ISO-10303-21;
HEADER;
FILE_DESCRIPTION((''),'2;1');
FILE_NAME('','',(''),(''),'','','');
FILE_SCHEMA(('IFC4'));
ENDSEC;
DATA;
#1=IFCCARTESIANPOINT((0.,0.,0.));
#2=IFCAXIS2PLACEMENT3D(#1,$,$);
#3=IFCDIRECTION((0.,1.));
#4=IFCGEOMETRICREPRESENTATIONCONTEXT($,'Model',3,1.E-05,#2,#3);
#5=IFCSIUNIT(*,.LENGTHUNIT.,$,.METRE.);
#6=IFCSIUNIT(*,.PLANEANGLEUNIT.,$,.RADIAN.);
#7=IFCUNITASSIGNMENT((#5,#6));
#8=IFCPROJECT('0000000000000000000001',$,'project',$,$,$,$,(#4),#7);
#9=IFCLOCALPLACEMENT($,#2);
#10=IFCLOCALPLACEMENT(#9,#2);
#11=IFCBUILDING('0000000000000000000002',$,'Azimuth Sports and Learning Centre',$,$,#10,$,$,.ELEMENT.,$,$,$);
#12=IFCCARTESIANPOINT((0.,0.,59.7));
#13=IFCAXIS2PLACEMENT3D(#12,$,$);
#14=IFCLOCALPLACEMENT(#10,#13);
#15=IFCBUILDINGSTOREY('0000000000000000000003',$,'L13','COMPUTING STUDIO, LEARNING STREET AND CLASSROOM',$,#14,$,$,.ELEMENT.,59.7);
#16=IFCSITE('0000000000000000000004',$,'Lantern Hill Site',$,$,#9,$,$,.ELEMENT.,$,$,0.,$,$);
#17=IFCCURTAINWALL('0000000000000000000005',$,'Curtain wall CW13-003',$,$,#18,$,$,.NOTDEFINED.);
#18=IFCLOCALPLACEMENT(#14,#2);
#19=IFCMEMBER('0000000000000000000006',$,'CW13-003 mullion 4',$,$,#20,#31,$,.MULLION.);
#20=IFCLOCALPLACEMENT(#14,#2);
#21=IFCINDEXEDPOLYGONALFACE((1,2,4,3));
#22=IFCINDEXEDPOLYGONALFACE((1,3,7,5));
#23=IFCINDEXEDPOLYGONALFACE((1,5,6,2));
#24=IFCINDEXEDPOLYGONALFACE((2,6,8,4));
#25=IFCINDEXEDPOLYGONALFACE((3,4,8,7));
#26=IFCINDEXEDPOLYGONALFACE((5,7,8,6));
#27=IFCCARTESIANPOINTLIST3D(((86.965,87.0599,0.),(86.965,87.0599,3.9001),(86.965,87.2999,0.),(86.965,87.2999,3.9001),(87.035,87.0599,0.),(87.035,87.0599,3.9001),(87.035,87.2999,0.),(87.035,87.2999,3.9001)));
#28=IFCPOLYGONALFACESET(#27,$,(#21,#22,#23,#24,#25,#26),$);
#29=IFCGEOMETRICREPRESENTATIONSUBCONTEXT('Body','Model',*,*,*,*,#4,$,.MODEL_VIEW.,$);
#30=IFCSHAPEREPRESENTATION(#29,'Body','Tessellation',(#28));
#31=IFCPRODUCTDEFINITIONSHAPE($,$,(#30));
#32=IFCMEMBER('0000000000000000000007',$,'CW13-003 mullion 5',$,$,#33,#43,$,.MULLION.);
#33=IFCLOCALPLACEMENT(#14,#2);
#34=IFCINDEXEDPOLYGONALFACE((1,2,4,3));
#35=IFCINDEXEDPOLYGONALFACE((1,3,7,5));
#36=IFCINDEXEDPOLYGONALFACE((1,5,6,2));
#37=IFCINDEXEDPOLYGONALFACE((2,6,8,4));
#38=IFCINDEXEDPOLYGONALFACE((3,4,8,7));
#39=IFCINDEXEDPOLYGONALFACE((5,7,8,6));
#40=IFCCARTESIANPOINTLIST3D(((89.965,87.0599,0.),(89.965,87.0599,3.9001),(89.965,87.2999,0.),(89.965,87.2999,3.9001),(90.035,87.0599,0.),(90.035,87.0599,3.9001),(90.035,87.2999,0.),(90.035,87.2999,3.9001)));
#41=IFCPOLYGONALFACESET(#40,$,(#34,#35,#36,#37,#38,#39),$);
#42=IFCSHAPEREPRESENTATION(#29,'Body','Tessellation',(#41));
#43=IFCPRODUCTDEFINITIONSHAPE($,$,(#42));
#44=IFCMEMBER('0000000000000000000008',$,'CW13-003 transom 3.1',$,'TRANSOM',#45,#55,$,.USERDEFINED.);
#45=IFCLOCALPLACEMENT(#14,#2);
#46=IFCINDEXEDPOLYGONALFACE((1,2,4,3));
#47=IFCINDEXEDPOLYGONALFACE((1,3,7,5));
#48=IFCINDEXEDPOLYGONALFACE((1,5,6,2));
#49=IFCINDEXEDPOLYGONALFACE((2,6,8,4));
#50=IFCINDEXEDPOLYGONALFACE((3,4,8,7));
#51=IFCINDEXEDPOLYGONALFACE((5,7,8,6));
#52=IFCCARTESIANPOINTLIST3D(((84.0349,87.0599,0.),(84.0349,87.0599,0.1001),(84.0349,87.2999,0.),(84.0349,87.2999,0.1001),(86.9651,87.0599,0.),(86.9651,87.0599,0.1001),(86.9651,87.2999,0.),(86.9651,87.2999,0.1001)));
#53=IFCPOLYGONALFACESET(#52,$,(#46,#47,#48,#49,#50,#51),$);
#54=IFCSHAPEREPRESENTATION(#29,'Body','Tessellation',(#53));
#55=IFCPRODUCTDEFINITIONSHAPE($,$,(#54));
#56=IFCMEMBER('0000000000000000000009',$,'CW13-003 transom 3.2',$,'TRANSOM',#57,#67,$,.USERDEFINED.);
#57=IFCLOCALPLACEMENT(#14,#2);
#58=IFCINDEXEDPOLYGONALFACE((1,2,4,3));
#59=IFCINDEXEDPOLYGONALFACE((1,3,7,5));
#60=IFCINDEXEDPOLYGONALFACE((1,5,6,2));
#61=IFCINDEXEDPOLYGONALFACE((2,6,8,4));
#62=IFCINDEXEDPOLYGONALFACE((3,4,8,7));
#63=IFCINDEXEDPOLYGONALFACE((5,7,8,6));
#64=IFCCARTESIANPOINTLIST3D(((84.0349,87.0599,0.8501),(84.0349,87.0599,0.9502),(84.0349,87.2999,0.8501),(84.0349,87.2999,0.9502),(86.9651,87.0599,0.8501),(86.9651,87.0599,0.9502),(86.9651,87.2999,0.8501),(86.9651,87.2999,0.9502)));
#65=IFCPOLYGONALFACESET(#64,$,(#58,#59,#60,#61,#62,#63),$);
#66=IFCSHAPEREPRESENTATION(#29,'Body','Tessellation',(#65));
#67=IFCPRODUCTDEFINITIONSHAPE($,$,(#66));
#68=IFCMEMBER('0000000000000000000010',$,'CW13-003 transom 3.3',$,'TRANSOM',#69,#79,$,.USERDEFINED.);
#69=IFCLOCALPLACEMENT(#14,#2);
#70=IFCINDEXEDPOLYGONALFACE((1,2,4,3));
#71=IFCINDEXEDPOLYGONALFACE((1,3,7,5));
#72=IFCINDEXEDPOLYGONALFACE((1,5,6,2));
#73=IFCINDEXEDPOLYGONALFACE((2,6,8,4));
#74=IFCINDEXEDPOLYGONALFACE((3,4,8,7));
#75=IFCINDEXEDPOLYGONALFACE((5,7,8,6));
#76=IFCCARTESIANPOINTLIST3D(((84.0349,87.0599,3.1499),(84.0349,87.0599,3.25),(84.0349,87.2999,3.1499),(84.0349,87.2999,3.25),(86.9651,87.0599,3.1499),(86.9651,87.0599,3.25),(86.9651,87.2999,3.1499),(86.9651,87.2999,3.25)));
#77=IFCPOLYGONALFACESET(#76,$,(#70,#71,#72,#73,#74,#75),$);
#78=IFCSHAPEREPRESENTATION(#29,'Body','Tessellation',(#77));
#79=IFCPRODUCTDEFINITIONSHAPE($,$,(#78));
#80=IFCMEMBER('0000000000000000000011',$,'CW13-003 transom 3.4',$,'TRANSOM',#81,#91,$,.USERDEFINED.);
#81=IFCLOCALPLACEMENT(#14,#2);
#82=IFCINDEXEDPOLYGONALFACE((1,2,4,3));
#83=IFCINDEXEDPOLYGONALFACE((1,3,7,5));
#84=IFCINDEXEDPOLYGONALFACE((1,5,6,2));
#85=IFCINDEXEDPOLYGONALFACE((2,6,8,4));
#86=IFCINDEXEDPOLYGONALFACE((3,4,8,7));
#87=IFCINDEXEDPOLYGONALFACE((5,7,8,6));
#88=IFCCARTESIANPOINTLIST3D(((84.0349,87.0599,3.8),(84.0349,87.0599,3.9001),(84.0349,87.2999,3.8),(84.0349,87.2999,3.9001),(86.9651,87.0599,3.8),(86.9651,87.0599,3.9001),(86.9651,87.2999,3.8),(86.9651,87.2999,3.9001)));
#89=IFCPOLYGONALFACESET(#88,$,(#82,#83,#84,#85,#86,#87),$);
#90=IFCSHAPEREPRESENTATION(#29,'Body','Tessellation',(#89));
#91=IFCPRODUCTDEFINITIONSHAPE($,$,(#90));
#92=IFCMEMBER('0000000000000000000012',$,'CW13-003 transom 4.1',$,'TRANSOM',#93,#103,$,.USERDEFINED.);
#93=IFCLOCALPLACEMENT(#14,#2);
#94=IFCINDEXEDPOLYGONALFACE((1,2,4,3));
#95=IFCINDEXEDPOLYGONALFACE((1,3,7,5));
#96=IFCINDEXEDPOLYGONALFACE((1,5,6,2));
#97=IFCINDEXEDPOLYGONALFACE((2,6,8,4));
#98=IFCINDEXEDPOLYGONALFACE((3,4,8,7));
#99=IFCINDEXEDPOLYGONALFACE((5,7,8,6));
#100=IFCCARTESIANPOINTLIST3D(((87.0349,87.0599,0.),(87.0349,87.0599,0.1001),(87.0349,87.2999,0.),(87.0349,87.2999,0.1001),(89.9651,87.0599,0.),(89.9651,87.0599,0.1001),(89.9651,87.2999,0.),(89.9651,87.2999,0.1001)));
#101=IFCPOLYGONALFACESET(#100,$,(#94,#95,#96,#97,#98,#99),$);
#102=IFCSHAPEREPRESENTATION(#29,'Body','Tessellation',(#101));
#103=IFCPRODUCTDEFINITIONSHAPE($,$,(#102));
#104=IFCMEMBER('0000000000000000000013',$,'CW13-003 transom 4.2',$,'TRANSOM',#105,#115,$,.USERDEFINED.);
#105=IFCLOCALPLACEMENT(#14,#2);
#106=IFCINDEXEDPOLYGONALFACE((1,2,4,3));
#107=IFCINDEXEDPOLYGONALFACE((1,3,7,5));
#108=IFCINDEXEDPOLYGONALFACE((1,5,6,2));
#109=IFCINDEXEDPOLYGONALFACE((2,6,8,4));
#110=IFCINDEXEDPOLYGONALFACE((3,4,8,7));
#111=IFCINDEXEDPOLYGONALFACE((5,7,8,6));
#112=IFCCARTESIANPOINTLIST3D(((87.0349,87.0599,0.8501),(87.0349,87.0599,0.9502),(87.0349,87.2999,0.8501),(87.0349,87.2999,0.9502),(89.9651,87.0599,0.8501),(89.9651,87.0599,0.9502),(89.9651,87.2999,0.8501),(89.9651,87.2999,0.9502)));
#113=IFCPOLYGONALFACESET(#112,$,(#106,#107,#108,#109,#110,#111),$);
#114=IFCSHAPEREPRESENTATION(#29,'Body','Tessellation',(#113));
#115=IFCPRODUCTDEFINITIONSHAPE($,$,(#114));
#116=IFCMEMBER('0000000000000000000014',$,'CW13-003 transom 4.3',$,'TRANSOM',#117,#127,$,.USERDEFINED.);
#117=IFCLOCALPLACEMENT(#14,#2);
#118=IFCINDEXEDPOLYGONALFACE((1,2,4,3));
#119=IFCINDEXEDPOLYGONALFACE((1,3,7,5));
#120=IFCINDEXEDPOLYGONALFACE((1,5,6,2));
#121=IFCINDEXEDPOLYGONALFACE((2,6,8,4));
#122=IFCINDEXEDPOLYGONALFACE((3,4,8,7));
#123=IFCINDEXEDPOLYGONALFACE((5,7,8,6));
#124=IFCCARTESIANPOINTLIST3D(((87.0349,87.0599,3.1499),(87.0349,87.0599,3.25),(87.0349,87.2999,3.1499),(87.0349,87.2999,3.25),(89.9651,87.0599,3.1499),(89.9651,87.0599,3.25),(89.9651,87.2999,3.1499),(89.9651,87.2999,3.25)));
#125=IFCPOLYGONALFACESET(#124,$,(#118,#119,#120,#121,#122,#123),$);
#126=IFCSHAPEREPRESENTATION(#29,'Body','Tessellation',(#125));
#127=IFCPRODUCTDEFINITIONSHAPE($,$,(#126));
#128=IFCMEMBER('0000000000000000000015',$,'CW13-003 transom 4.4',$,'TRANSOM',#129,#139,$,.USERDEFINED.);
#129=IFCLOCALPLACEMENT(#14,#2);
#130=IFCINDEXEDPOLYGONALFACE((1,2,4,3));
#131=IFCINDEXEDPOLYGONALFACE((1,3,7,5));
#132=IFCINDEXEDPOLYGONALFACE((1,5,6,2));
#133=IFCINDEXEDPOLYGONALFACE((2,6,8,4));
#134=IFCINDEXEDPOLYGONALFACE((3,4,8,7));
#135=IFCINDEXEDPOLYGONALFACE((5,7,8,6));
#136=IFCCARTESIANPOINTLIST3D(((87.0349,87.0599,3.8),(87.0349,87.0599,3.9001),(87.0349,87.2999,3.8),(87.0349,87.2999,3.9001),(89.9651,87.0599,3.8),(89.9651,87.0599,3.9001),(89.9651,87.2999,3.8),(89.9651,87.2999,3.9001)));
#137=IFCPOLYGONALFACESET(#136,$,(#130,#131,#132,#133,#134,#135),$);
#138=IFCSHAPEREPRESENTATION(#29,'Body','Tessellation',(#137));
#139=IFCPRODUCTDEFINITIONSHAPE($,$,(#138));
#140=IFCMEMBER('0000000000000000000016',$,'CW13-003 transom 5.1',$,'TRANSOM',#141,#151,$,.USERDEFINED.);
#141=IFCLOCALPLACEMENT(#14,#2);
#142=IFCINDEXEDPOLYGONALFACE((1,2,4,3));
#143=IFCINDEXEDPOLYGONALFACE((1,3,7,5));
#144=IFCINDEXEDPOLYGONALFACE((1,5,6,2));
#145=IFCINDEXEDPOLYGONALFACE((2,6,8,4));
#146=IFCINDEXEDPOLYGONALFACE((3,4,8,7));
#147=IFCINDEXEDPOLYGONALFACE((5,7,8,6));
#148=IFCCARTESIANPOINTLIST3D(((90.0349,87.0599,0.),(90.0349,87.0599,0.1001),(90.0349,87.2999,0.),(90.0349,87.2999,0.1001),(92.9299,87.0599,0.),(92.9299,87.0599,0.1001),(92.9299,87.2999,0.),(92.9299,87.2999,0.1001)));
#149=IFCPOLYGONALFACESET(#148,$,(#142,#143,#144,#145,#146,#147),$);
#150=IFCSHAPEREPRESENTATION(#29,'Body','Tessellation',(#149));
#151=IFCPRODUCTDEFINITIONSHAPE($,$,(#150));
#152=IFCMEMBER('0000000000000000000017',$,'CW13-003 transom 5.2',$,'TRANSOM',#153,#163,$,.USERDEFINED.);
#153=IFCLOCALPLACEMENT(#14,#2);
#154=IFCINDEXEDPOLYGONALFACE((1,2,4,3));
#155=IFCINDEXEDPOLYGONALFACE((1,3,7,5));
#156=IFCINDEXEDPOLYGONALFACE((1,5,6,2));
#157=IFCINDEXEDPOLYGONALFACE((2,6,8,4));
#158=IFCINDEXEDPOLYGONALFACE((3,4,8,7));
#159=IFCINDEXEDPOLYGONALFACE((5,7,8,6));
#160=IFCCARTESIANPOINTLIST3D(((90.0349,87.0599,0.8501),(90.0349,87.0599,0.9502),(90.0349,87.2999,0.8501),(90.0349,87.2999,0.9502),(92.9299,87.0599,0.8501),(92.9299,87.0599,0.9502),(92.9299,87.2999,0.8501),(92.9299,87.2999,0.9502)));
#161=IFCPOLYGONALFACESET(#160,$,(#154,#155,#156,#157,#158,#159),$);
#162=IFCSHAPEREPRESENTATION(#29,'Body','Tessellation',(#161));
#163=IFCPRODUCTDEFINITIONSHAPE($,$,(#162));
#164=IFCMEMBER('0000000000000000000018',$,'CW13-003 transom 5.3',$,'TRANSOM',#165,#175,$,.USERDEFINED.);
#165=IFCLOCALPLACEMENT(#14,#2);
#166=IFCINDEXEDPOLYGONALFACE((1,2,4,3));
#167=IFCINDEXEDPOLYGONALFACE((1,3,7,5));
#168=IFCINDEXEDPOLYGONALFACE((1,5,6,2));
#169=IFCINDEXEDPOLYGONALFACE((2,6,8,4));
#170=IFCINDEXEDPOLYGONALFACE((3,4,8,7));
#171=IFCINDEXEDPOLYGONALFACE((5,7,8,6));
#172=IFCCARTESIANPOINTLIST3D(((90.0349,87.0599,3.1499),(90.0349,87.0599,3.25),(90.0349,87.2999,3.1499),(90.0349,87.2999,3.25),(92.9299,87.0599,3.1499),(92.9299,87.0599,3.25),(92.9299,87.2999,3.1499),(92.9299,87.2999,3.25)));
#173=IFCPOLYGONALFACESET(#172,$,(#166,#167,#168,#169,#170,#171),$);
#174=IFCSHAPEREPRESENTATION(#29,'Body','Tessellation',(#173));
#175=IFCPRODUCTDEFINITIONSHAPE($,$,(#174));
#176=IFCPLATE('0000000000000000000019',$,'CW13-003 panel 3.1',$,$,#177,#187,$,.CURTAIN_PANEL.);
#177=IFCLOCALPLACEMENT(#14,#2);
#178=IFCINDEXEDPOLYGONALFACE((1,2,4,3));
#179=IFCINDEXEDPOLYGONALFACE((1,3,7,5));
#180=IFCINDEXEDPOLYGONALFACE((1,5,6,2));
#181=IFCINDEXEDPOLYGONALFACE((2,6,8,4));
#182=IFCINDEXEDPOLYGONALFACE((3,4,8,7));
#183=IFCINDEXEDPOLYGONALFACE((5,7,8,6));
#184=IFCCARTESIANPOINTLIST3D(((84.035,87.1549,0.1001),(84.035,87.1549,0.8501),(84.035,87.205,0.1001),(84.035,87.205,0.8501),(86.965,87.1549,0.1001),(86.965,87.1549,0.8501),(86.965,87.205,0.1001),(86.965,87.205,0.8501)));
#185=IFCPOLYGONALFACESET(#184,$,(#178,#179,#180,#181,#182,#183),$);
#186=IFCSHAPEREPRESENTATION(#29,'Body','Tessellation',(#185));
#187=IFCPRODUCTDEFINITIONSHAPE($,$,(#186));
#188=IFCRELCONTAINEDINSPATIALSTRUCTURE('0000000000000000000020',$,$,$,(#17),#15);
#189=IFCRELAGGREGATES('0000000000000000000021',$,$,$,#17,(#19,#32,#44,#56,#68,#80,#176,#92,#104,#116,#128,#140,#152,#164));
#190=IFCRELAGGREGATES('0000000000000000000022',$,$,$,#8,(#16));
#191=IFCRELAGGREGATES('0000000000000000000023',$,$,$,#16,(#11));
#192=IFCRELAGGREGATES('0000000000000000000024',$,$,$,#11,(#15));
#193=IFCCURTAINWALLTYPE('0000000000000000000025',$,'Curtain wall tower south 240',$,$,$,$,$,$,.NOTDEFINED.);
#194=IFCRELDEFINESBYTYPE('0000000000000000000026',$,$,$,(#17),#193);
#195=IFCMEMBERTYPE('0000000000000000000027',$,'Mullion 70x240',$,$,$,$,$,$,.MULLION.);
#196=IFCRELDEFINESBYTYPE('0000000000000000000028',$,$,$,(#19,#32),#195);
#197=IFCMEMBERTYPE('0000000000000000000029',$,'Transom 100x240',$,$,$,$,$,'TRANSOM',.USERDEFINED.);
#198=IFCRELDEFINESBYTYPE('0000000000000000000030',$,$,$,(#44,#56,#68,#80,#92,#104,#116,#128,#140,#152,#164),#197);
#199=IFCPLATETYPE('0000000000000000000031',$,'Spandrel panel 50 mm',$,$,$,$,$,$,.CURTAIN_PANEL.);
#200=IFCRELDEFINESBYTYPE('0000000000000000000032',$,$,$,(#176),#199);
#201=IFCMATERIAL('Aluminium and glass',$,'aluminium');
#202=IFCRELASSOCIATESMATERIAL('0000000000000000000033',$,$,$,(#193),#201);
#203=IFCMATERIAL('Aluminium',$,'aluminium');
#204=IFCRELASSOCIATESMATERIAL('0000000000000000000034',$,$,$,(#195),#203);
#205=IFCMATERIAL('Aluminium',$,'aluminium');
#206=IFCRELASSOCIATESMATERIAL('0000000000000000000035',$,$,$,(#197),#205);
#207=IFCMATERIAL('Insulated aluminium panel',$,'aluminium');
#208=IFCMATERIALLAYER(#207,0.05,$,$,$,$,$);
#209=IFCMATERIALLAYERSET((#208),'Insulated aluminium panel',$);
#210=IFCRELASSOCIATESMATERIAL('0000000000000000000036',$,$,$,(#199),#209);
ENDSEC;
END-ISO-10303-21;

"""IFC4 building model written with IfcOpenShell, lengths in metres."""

from ifc_helpers import new_model, si_unit, direction, frame, origin, origin_2d, place, context, subcontext, project, spatial, rectangle, extrude, material, layer, layer_set, material_profile, profile_set, type_object, element, aggregate, save


model = new_model("IFC4")

# Units and contexts
model_context = context("Model", 3, precision=1e-05, world=origin(), true_north=direction((0.0, 1.0)))
body_context = subcontext(model_context, "Body", "Model", "MODEL_VIEW")
ifc_project = project(units=[si_unit("LENGTHUNIT", "METRE"), si_unit("PLANEANGLEUNIT", "RADIAN")], contexts=[model_context])

# Site, building, storey
site_placement = place(None, origin())
site = spatial("IfcSite", under=ifc_project, at=site_placement, Name="Lantern Hill Site", CompositionType="ELEMENT", RefElevation=0.0)
building_placement = place(site_placement, origin())
building = spatial("IfcBuilding", under=site, at=building_placement, Name="Azimuth Sports and Learning Centre", CompositionType="ELEMENT")
storey_placement = place(building_placement, frame((0.0, 0.0, 59.7)))
storey = spatial("IfcBuildingStorey", under=building, at=storey_placement, Name="L13", Description="COMPUTING STUDIO, LEARNING STREET AND CLASSROOM", CompositionType="ELEMENT", Elevation=59.7)

# Curtain wall, members, plate
ifc_material_1 = material(Name="Aluminium and glass", Category="aluminium")
curtain_wall_type = type_object("IfcCurtainWallType", Name="Curtain wall tower south 240", PredefinedType="NOTDEFINED", material=ifc_material_1)
curtain_wall_placement = place(storey_placement, origin())
curtain_wall = element("IfcCurtainWall", 1, at=curtain_wall_placement, inside=storey, type_object=curtain_wall_type, Name="Curtain wall CW13-003", PredefinedType="NOTDEFINED")
ifc_material_2 = material(Name="Aluminium", Category="aluminium")
ifc_material_profile_1 = material_profile(ifc_material_2, rectangle(XDim=0.24, YDim=0.0701, at=origin_2d()), Name="Mullion 70x240")
ifc_profile_set_1 = profile_set([ifc_material_profile_1], Name="Aluminium")
member_type_1 = type_object("IfcMemberType", Name="Mullion 70x240", PredefinedType="MULLION", material=ifc_profile_set_1)
member_1_placement = place(storey_placement, frame((87.0, 87.1799, 0.0), z_axis=(0.0, 0.0, 1.0), x_axis=(0.0, 1.0, 0.0)))
member_1 = element("IfcMember", 2, at=member_1_placement, type_object=member_type_1, Name="CW13-003 mullion 4", PredefinedType="MULLION", context=body_context, shape_type="SweptSolid", body=[
    extrude(rectangle(XDim=0.24, YDim=0.0701, at=origin_2d()), origin(), (0.0, 0.0, 1.0), 3.9001),
])
member_2_placement = place(storey_placement, frame((90.0, 87.1799, 0.0), z_axis=(0.0, 0.0, 1.0), x_axis=(0.0, 1.0, 0.0)))
member_2 = element("IfcMember", 3, at=member_2_placement, type_object=member_type_1, Name="CW13-003 mullion 5", PredefinedType="MULLION", context=body_context, shape_type="SweptSolid", body=[
    extrude(rectangle(XDim=0.24, YDim=0.0701, at=origin_2d()), origin(), (0.0, 0.0, 1.0), 3.9001),
])
ifc_material_3 = material(Name="Aluminium", Category="aluminium")
ifc_material_profile_2 = material_profile(ifc_material_3, rectangle(XDim=0.24, YDim=0.1001, at=origin_2d()), Name="Transom 100x240")
ifc_profile_set_2 = profile_set([ifc_material_profile_2], Name="Aluminium")
member_type_2 = type_object("IfcMemberType", Name="Transom 100x240", ElementType="TRANSOM", PredefinedType="USERDEFINED", material=ifc_profile_set_2)
member_3_placement = place(storey_placement, frame((84.0349, 87.1799, 0.05), z_axis=(1.0, 0.0, 0.0), x_axis=(0.0, 1.0, 0.0)))
member_3 = element("IfcMember", 4, at=member_3_placement, type_object=member_type_2, Name="CW13-003 transom 3.1", ObjectType="TRANSOM", PredefinedType="USERDEFINED", context=body_context, shape_type="SweptSolid", body=[
    extrude(rectangle(XDim=0.24, YDim=0.1001, at=origin_2d()), origin(), (0.0, 0.0, 1.0), 2.9302),
])
member_4_placement = place(storey_placement, frame((84.0349, 87.1799, 0.9001), z_axis=(1.0, 0.0, 0.0), x_axis=(0.0, 1.0, 0.0)))
member_4 = element("IfcMember", 5, at=member_4_placement, type_object=member_type_2, Name="CW13-003 transom 3.2", ObjectType="TRANSOM", PredefinedType="USERDEFINED", context=body_context, shape_type="SweptSolid", body=[
    extrude(rectangle(XDim=0.24, YDim=0.1001, at=origin_2d()), origin(), (0.0, 0.0, 1.0), 2.9302),
])
member_5_placement = place(storey_placement, frame((84.0349, 87.1799, 3.2), z_axis=(1.0, 0.0, 0.0), x_axis=(0.0, 1.0, 0.0)))
member_5 = element("IfcMember", 6, at=member_5_placement, type_object=member_type_2, Name="CW13-003 transom 3.3", ObjectType="TRANSOM", PredefinedType="USERDEFINED", context=body_context, shape_type="SweptSolid", body=[
    extrude(rectangle(XDim=0.24, YDim=0.1001, at=origin_2d()), origin(), (0.0, 0.0, 1.0), 2.9302),
])
member_6_placement = place(storey_placement, frame((84.0349, 87.1799, 3.8501), z_axis=(1.0, 0.0, 0.0), x_axis=(0.0, 1.0, 0.0)))
member_6 = element("IfcMember", 7, at=member_6_placement, type_object=member_type_2, Name="CW13-003 transom 3.4", ObjectType="TRANSOM", PredefinedType="USERDEFINED", context=body_context, shape_type="SweptSolid", body=[
    extrude(rectangle(XDim=0.24, YDim=0.1001, at=origin_2d()), origin(), (0.0, 0.0, 1.0), 2.9302),
])
member_7_placement = place(storey_placement, frame((87.0349, 87.1799, 0.05), z_axis=(1.0, 0.0, 0.0), x_axis=(0.0, 1.0, 0.0)))
member_7 = element("IfcMember", 8, at=member_7_placement, type_object=member_type_2, Name="CW13-003 transom 4.1", ObjectType="TRANSOM", PredefinedType="USERDEFINED", context=body_context, shape_type="SweptSolid", body=[
    extrude(rectangle(XDim=0.24, YDim=0.1001, at=origin_2d()), origin(), (0.0, 0.0, 1.0), 2.9302),
])
member_8_placement = place(storey_placement, frame((87.0349, 87.1799, 0.9001), z_axis=(1.0, 0.0, 0.0), x_axis=(0.0, 1.0, 0.0)))
member_8 = element("IfcMember", 9, at=member_8_placement, type_object=member_type_2, Name="CW13-003 transom 4.2", ObjectType="TRANSOM", PredefinedType="USERDEFINED", context=body_context, shape_type="SweptSolid", body=[
    extrude(rectangle(XDim=0.24, YDim=0.1001, at=origin_2d()), origin(), (0.0, 0.0, 1.0), 2.9302),
])
member_9_placement = place(storey_placement, frame((87.0349, 87.1799, 3.2), z_axis=(1.0, 0.0, 0.0), x_axis=(0.0, 1.0, 0.0)))
member_9 = element("IfcMember", 10, at=member_9_placement, type_object=member_type_2, Name="CW13-003 transom 4.3", ObjectType="TRANSOM", PredefinedType="USERDEFINED", context=body_context, shape_type="SweptSolid", body=[
    extrude(rectangle(XDim=0.24, YDim=0.1001, at=origin_2d()), origin(), (0.0, 0.0, 1.0), 2.9302),
])
member_10_placement = place(storey_placement, frame((87.0349, 87.1799, 3.8501), z_axis=(1.0, 0.0, 0.0), x_axis=(0.0, 1.0, 0.0)))
member_10 = element("IfcMember", 11, at=member_10_placement, type_object=member_type_2, Name="CW13-003 transom 4.4", ObjectType="TRANSOM", PredefinedType="USERDEFINED", context=body_context, shape_type="SweptSolid", body=[
    extrude(rectangle(XDim=0.24, YDim=0.1001, at=origin_2d()), origin(), (0.0, 0.0, 1.0), 2.9302),
])
member_11_placement = place(storey_placement, frame((90.0349, 87.1799, 0.05), z_axis=(1.0, 0.0, 0.0), x_axis=(0.0, 1.0, 0.0)))
member_11 = element("IfcMember", 12, at=member_11_placement, type_object=member_type_2, Name="CW13-003 transom 5.1", ObjectType="TRANSOM", PredefinedType="USERDEFINED", context=body_context, shape_type="SweptSolid", body=[
    extrude(rectangle(XDim=0.24, YDim=0.1001, at=origin_2d()), origin(), (0.0, 0.0, 1.0), 2.895),
])
member_12_placement = place(storey_placement, frame((90.0349, 87.1799, 0.9001), z_axis=(1.0, 0.0, 0.0), x_axis=(0.0, 1.0, 0.0)))
member_12 = element("IfcMember", 13, at=member_12_placement, type_object=member_type_2, Name="CW13-003 transom 5.2", ObjectType="TRANSOM", PredefinedType="USERDEFINED", context=body_context, shape_type="SweptSolid", body=[
    extrude(rectangle(XDim=0.24, YDim=0.1001, at=origin_2d()), origin(), (0.0, 0.0, 1.0), 2.895),
])
member_13_placement = place(storey_placement, frame((90.0349, 87.1799, 3.2), z_axis=(1.0, 0.0, 0.0), x_axis=(0.0, 1.0, 0.0)))
member_13 = element("IfcMember", 14, at=member_13_placement, type_object=member_type_2, Name="CW13-003 transom 5.3", ObjectType="TRANSOM", PredefinedType="USERDEFINED", context=body_context, shape_type="SweptSolid", body=[
    extrude(rectangle(XDim=0.24, YDim=0.1001, at=origin_2d()), origin(), (0.0, 0.0, 1.0), 2.895),
])
ifc_material_4 = material(Name="Insulated aluminium panel", Category="aluminium")
ifc_layer_1 = layer(ifc_material_4, 0.05)
ifc_layer_set_1 = layer_set([ifc_layer_1], Name="Insulated aluminium panel")
plate_type_1 = type_object("IfcPlateType", Name="Spandrel panel 50 mm", PredefinedType="CURTAIN_PANEL", material=ifc_layer_set_1)
plate_1_placement = place(storey_placement, frame((85.5, 87.1799, 0.1001), z_axis=(0.0, 0.0, 1.0), x_axis=(1.0, 0.0, 0.0)))
plate_1 = element("IfcPlate", 15, at=plate_1_placement, type_object=plate_type_1, Name="CW13-003 panel 3.1", PredefinedType="CURTAIN_PANEL", context=body_context, shape_type="SweptSolid", body=[
    extrude(rectangle(XDim=2.9299, YDim=0.05, at=origin_2d()), origin(), (0.0, 0.0, 1.0), 0.75),
])
aggregate(curtain_wall, [member_1, member_2, member_3, member_4, member_5, member_6, plate_1, member_7, member_8, member_9, member_10, member_11, member_12, member_13])

save(model, "model.ifc")
